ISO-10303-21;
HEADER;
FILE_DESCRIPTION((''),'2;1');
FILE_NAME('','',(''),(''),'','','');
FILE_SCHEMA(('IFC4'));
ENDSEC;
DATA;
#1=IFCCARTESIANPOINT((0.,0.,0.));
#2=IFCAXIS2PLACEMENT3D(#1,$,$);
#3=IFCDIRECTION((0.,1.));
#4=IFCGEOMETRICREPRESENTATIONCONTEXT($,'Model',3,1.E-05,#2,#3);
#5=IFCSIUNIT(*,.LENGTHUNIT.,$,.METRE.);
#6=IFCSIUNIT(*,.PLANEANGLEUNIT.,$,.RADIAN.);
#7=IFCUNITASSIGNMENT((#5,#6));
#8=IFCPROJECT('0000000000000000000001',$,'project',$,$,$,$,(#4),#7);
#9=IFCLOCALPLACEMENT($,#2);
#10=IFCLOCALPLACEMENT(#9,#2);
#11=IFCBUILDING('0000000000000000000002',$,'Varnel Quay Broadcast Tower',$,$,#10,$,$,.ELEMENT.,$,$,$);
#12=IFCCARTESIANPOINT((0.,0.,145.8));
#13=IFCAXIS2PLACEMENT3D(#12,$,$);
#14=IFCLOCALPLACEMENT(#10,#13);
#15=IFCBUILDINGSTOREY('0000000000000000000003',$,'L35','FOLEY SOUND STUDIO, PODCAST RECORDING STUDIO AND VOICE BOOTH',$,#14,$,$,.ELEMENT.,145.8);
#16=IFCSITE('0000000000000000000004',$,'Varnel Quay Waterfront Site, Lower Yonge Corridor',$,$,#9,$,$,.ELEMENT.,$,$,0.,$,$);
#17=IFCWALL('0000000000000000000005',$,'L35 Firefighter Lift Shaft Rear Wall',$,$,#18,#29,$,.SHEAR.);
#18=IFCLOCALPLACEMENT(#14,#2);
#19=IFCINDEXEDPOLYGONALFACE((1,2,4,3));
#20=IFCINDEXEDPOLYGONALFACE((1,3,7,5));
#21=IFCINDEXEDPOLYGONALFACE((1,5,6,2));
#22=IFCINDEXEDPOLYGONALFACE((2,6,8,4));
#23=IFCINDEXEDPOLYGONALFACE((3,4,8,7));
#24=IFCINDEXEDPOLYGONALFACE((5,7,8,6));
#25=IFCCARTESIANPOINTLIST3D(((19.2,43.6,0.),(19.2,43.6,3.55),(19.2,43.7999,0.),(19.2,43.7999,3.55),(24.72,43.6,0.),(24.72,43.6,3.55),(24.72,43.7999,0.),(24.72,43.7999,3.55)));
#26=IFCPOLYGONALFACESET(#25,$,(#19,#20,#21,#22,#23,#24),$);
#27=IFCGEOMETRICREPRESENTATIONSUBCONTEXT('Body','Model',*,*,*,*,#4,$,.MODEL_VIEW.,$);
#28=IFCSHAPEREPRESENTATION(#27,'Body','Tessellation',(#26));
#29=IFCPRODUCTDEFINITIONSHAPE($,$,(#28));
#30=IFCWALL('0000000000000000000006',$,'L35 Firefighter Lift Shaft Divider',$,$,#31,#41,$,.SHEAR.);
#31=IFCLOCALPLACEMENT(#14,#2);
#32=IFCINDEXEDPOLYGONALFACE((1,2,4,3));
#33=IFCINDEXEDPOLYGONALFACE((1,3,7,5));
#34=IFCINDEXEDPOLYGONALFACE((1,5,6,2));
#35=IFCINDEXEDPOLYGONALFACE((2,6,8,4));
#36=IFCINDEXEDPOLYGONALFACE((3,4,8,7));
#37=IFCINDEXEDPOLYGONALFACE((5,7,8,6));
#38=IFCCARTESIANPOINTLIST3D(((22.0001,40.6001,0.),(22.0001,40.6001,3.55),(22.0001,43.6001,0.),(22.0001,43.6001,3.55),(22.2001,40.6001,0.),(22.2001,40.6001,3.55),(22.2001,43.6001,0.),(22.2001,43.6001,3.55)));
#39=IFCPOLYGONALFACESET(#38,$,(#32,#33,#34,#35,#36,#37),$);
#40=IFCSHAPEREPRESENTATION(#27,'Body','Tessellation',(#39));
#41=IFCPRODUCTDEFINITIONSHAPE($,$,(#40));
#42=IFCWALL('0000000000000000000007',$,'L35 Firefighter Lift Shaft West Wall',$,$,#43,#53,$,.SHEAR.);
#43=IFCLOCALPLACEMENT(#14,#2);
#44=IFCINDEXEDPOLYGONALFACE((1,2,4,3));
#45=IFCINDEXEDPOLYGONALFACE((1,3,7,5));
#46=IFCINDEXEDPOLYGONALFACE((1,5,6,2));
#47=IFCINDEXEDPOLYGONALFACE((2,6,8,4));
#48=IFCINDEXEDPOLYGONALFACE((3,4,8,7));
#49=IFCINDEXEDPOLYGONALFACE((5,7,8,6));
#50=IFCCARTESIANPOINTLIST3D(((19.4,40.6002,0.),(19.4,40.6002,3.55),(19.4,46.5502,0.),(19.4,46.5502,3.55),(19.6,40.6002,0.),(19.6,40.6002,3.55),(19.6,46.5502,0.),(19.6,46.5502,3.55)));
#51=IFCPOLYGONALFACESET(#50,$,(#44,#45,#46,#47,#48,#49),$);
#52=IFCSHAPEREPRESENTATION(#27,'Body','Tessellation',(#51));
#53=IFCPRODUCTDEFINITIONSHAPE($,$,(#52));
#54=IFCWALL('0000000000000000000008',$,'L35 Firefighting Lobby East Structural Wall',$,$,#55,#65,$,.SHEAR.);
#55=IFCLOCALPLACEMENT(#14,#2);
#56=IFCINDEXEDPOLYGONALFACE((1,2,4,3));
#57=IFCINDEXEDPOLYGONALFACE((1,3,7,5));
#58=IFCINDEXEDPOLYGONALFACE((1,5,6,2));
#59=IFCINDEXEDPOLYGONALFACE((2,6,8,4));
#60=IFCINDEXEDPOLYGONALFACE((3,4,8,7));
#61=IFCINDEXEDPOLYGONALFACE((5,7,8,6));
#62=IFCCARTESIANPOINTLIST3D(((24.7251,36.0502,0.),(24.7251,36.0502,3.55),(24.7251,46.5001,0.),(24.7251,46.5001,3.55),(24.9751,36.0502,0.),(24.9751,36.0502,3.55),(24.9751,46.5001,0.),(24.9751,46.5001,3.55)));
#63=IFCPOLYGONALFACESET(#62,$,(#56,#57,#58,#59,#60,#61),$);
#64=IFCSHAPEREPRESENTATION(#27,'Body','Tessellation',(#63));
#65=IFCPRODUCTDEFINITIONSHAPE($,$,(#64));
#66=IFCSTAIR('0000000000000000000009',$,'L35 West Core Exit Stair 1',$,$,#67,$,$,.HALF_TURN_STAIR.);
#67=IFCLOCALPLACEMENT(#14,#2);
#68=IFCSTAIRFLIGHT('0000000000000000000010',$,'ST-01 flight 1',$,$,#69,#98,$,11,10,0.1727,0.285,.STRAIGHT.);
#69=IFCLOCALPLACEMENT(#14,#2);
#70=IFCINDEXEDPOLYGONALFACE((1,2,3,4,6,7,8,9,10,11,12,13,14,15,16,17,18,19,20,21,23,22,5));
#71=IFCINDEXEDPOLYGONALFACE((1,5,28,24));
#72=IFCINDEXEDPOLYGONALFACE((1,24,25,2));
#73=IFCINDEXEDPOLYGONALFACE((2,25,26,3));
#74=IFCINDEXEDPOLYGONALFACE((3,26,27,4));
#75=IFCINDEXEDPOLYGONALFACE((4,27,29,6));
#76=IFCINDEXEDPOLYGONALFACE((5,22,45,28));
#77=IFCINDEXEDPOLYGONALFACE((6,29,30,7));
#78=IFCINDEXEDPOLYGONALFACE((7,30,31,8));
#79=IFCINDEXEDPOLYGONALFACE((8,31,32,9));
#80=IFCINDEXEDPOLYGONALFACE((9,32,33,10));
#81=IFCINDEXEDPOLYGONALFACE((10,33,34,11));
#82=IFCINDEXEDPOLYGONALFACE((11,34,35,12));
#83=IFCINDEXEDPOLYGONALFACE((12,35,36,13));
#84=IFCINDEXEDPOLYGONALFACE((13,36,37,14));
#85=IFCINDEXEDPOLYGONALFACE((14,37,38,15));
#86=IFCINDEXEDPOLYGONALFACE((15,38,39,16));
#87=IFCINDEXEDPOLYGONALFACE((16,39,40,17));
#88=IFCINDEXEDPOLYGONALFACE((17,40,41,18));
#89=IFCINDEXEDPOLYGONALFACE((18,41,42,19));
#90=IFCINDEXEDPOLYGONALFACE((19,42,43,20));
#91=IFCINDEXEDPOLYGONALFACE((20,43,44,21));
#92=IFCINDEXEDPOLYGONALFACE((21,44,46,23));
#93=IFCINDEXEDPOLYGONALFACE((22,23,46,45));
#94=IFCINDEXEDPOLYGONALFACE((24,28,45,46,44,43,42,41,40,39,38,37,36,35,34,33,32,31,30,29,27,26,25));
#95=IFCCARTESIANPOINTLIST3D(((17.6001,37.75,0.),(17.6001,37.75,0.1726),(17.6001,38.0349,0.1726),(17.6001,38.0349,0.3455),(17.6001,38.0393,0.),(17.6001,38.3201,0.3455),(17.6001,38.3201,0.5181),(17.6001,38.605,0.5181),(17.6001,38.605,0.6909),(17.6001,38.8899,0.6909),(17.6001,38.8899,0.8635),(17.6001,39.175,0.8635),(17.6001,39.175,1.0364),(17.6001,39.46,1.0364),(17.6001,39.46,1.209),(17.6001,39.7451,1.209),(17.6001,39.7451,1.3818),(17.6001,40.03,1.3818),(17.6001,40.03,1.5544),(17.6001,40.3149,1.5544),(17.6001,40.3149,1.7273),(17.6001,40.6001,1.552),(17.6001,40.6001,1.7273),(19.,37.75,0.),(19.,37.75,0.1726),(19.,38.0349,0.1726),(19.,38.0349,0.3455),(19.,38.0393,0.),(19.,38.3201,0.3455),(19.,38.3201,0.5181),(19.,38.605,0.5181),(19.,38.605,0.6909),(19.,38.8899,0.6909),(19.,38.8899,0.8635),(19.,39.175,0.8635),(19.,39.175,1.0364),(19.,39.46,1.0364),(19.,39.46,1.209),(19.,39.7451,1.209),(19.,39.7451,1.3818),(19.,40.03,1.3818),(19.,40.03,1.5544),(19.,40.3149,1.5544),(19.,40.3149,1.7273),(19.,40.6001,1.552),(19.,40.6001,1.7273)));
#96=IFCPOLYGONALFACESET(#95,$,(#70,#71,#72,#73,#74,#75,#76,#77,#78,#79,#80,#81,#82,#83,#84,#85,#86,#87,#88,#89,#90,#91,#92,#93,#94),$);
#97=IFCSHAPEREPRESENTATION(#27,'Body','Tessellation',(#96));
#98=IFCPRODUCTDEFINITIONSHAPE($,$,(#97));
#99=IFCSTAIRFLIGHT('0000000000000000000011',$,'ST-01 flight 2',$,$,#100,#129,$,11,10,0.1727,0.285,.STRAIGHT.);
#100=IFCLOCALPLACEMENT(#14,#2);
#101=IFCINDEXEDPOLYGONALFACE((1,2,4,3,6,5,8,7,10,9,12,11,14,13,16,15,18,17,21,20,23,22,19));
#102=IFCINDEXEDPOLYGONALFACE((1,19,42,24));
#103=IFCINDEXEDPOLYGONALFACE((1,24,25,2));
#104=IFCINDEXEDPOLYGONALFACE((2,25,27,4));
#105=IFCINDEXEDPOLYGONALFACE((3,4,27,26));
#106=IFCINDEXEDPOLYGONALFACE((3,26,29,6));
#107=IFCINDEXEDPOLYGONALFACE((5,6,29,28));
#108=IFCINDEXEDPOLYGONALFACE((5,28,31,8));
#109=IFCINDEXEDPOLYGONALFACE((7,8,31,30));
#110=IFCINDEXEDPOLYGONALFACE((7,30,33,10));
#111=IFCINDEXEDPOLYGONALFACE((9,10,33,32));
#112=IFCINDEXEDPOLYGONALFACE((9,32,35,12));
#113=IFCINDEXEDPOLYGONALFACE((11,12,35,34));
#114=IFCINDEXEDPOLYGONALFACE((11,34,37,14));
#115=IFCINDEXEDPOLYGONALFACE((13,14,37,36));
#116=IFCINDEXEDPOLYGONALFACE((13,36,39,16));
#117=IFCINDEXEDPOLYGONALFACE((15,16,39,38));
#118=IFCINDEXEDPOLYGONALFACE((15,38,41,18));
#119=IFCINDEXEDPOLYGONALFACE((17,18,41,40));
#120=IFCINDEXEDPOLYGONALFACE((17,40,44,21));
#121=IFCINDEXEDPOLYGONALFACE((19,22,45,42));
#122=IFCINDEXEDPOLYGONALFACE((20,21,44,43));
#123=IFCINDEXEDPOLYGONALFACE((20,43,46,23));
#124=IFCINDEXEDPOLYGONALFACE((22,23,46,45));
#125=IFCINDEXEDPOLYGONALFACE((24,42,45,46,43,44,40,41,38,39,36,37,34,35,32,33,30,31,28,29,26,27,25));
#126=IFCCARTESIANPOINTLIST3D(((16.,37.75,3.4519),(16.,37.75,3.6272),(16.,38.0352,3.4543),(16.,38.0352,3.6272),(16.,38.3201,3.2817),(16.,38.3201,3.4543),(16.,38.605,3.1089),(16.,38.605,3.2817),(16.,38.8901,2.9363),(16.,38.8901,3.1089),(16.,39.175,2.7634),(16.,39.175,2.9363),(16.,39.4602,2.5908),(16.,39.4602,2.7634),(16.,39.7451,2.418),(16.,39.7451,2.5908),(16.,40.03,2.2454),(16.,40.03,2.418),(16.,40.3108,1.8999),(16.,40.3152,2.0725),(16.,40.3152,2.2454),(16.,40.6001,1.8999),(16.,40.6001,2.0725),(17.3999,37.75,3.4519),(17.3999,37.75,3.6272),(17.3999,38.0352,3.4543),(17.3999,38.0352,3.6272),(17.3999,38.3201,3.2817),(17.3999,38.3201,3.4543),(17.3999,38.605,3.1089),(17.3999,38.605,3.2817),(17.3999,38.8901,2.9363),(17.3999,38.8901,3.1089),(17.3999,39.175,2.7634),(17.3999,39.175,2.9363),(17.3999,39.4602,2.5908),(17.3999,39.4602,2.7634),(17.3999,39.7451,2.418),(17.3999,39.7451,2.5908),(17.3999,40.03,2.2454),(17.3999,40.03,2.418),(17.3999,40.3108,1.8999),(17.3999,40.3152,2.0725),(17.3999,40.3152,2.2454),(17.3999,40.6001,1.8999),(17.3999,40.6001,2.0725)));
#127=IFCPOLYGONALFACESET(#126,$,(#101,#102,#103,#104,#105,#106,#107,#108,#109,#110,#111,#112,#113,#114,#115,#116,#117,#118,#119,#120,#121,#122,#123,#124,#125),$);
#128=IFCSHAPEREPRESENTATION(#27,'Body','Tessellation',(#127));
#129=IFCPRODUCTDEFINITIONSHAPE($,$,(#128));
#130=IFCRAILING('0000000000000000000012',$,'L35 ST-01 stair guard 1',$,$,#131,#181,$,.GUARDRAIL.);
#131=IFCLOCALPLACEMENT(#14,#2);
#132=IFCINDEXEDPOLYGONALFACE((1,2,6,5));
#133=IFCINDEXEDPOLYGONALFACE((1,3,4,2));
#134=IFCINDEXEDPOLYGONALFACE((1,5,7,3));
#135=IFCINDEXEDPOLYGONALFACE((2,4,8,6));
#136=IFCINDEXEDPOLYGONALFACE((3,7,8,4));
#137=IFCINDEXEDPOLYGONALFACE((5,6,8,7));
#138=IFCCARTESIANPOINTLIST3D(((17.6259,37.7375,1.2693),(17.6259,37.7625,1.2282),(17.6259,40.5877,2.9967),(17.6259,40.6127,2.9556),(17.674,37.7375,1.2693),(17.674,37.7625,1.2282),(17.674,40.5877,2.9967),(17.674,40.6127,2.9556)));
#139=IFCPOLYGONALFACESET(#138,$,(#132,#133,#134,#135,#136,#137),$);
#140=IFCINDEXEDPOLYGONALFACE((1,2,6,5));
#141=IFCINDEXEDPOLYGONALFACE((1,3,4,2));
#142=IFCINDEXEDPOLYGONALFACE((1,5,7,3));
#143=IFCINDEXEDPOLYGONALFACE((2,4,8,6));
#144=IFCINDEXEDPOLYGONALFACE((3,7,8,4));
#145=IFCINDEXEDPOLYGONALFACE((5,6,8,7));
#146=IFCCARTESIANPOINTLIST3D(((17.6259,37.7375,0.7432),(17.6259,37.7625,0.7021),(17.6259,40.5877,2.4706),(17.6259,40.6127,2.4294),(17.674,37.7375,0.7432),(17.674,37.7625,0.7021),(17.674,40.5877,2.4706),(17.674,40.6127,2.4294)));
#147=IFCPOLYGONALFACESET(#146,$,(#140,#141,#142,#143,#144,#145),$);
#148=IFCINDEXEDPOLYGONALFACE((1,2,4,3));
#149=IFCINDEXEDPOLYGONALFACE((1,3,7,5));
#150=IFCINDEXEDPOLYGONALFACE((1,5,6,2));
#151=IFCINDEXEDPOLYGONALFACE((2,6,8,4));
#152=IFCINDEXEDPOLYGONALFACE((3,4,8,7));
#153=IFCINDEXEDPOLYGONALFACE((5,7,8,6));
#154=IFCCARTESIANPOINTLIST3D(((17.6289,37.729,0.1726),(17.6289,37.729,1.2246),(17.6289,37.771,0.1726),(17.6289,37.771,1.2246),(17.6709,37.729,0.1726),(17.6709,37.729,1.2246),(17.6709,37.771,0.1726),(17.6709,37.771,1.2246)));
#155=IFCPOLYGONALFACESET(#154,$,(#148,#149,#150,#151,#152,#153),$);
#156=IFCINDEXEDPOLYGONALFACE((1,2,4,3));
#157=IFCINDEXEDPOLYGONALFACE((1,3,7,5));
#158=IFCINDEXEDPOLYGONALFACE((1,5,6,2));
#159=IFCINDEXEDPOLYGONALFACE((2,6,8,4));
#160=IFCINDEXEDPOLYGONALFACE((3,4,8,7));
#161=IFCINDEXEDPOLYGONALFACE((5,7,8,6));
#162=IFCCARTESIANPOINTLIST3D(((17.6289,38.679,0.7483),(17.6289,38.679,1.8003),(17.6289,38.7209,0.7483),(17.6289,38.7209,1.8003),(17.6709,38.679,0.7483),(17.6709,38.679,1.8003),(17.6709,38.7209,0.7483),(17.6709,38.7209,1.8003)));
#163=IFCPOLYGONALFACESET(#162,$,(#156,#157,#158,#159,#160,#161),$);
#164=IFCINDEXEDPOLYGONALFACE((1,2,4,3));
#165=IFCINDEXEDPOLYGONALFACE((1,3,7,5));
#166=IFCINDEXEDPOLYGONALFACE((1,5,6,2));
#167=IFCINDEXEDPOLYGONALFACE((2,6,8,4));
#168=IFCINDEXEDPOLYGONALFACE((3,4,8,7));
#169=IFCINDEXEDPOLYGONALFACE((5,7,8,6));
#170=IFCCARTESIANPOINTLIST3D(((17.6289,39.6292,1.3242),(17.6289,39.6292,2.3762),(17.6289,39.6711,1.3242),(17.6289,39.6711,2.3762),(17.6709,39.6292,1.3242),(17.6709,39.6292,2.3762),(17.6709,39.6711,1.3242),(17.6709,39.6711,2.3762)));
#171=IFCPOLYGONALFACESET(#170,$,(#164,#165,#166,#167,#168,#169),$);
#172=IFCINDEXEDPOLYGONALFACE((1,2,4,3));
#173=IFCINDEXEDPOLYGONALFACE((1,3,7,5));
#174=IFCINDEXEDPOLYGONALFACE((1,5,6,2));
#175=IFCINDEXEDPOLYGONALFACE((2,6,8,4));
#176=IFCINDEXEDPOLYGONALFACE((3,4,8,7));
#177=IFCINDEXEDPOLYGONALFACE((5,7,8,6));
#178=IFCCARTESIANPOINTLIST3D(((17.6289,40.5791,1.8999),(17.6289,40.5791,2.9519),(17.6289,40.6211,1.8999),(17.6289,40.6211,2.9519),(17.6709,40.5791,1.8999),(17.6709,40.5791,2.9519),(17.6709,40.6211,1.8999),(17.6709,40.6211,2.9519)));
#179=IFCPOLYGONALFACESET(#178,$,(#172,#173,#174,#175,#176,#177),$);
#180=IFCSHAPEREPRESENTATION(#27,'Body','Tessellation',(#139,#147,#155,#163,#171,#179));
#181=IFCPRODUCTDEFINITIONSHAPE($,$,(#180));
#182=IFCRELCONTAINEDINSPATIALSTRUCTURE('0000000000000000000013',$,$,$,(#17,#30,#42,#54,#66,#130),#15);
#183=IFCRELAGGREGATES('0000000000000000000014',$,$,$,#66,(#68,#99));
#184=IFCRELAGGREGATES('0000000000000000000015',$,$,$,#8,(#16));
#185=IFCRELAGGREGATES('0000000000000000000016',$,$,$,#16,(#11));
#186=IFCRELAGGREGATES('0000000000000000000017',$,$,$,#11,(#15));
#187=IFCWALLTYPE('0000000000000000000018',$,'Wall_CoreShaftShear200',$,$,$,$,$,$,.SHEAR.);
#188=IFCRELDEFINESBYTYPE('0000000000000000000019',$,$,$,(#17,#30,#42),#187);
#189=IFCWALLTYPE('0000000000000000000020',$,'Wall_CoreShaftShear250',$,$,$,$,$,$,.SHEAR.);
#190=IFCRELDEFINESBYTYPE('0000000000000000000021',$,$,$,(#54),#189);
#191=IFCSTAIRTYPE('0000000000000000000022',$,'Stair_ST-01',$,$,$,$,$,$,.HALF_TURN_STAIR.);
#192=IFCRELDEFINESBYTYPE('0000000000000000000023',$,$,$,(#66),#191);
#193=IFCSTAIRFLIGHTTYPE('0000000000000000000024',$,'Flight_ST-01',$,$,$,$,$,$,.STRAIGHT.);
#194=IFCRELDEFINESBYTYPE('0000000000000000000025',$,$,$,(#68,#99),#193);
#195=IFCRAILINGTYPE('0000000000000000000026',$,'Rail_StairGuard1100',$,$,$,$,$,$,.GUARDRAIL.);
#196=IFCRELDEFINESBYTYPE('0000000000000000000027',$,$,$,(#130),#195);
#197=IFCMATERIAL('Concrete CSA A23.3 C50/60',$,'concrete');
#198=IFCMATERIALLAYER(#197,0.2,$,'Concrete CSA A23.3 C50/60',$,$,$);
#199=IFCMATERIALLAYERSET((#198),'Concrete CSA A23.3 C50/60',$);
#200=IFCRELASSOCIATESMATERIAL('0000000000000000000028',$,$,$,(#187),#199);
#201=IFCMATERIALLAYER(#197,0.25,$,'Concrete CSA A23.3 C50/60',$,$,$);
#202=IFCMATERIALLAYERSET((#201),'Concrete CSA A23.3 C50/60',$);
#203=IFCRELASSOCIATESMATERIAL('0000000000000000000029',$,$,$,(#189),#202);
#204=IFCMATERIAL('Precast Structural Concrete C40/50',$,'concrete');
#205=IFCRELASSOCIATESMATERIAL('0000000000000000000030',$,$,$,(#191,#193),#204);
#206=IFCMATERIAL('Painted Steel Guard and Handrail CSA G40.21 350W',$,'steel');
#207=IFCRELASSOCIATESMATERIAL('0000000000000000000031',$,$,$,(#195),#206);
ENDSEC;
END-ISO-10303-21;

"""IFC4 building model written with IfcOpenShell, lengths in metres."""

from ifc_helpers import new_model, si_unit, direction, frame, frame_2d, origin, origin_2d, place, context, subcontext, project, spatial, polyline, rectangle, outline, extrude, material, layer, layer_set, type_object, element, aggregate, save


model = new_model("IFC4")

# Units and contexts
model_context = context("Model", 3, precision=1e-05, world=origin(), true_north=direction((0.0, 1.0)))
body_context = subcontext(model_context, "Body", "Model", "MODEL_VIEW")
ifc_project = project(units=[si_unit("LENGTHUNIT", "METRE"), si_unit("PLANEANGLEUNIT", "RADIAN")], contexts=[model_context])

# Site, building, storey
site_placement = place(None, origin())
site = spatial("IfcSite", under=ifc_project, at=site_placement, Name="Varnel Quay Waterfront Site, Lower Yonge Corridor", CompositionType="ELEMENT", RefElevation=0.0)
building_placement = place(site_placement, origin())
building = spatial("IfcBuilding", under=site, at=building_placement, Name="Varnel Quay Broadcast Tower", CompositionType="ELEMENT")
storey_placement = place(building_placement, frame((0.0, 0.0, 145.8)))
storey = spatial("IfcBuildingStorey", under=building, at=storey_placement, Name="L35", Description="FOLEY SOUND STUDIO, PODCAST RECORDING STUDIO AND VOICE BOOTH", CompositionType="ELEMENT", Elevation=145.8)

# Shared definitions
ifc_material_1 = material(Name="Concrete CSA A23.3 C50/60", Category="concrete")
ifc_layer_1 = layer(ifc_material_1, 0.2, Name="Concrete CSA A23.3 C50/60")
ifc_layer_set_1 = layer_set([ifc_layer_1], Name="Concrete CSA A23.3 C50/60")
wall_type_1 = type_object("IfcWallType", Name="Wall_CoreShaftShear200", PredefinedType="SHEAR", material=ifc_layer_set_1)

# Walls
wall_1_placement = place(storey_placement, frame((19.2, 43.7, 0.0), z_axis=(0.0, 0.0, 1.0), x_axis=(1.0, 0.0, 0.0)))
element("IfcWall", 1, at=wall_1_placement, inside=storey, type_object=wall_type_1, Name="L35 Firefighter Lift Shaft Rear Wall", PredefinedType="SHEAR", context=body_context, shape_type="SweptSolid", body=[
    extrude(rectangle(XDim=5.52, YDim=0.2, at=frame_2d((2.76, 0.0))), origin(), (0.0, 0.0, 1.0), 3.55),
])
wall_2_placement = place(storey_placement, frame((22.1001, 40.6001, 0.0), z_axis=(0.0, 0.0, 1.0), x_axis=(0.0, 1.0, 0.0)))
element("IfcWall", 2, at=wall_2_placement, inside=storey, type_object=wall_type_1, Name="L35 Firefighter Lift Shaft Divider", PredefinedType="SHEAR", context=body_context, shape_type="SweptSolid", body=[
    extrude(rectangle(XDim=3.0, YDim=0.2, at=frame_2d((1.5, 0.0))), origin(), (0.0, 0.0, 1.0), 3.55),
])
wall_3_placement = place(storey_placement, frame((19.5, 40.6001, 0.0), z_axis=(0.0, 0.0, 1.0), x_axis=(0.0, 1.0, 0.0)))
element("IfcWall", 3, at=wall_3_placement, inside=storey, type_object=wall_type_1, Name="L35 Firefighter Lift Shaft West Wall", PredefinedType="SHEAR", context=body_context, shape_type="SweptSolid", body=[
    extrude(rectangle(XDim=5.95, YDim=0.2, at=frame_2d((2.9751, 0.0))), origin(), (0.0, 0.0, 1.0), 3.55),
])
ifc_layer_2 = layer(ifc_material_1, 0.25, Name="Concrete CSA A23.3 C50/60")
ifc_layer_set_2 = layer_set([ifc_layer_2], Name="Concrete CSA A23.3 C50/60")
wall_type_2 = type_object("IfcWallType", Name="Wall_CoreShaftShear250", PredefinedType="SHEAR", material=ifc_layer_set_2)
wall_4_placement = place(storey_placement, frame((24.8501, 36.05, 0.0), z_axis=(0.0, 0.0, 1.0), x_axis=(0.0, 1.0, 0.0)))
element("IfcWall", 4, at=wall_4_placement, inside=storey, type_object=wall_type_2, Name="L35 Firefighting Lobby East Structural Wall", PredefinedType="SHEAR", context=body_context, shape_type="SweptSolid", body=[
    extrude(rectangle(XDim=10.45, YDim=0.25, at=frame_2d((5.2251, 0.0))), origin(), (0.0, 0.0, 1.0), 3.55),
])

# Stair, stair flights
ifc_material_2 = material(Name="Precast Structural Concrete C40/50", Category="concrete")
stair_type = type_object("IfcStairType", Name="Stair_ST-01", PredefinedType="HALF_TURN_STAIR", material=ifc_material_2)
stair_placement = place(storey_placement, origin())
stair = element("IfcStair", 5, at=stair_placement, inside=storey, type_object=stair_type, Name="L35 West Core Exit Stair 1", PredefinedType="HALF_TURN_STAIR")
stair_flight_type = type_object("IfcStairFlightType", Name="Flight_ST-01", PredefinedType="STRAIGHT", material=ifc_material_2)
stair_flight_1_placement = place(storey_placement, frame((18.3, 37.75, 0.0), z_axis=(0.0, 0.0, 1.0), x_axis=(0.0, 1.0, 0.0)))
stair_flight_1 = element("IfcStairFlight", 6, at=stair_flight_1_placement, type_object=stair_flight_type, Name="ST-01 flight 1", NumberOfRisers=11, NumberOfTreads=10, PredefinedType="STRAIGHT", RiserHeight=0.1727, TreadLength=0.285, context=body_context, shape_type="SweptSolid", body=[
    extrude(outline(polyline([(0.0, 0.0), (0.0, 0.1726), (0.2849, 0.1726), (0.2849, 0.3455), (0.5701, 0.3455), (0.5701, 0.5181), (0.855, 0.5181), (0.855, 0.6909), (1.1399, 0.6909), (1.1399, 0.8635), (1.425, 0.8635), (1.425, 1.0364), (1.71, 1.0364), (1.71, 1.209), (1.9951, 1.209), (1.9951, 1.3818), (2.28, 1.3818), (2.28, 1.5544), (2.5649, 1.5544), (2.5649, 1.7273), (2.8501, 1.7273), (2.8501, 1.8999), (2.8501, 1.552), (0.2893, 0.0), (0.0, 0.0)])), frame((0.0, 0.7, 0.0), z_axis=(0.0, -1.0, 0.0), x_axis=(1.0, 0.0, 0.0)), (0.0, 0.0, 1.0), 1.3999),
])
stair_flight_2_placement = place(storey_placement, frame((16.7, 40.6001, 1.8999), z_axis=(0.0, 0.0, 1.0), x_axis=(0.0, -1.0, 0.0)))
stair_flight_2 = element("IfcStairFlight", 7, at=stair_flight_2_placement, type_object=stair_flight_type, Name="ST-01 flight 2", NumberOfRisers=11, NumberOfTreads=10, PredefinedType="STRAIGHT", RiserHeight=0.1727, TreadLength=0.285, context=body_context, shape_type="SweptSolid", body=[
    extrude(outline(polyline([(0.0, 0.0), (0.0, 0.1726), (0.2849, 0.1726), (0.2849, 0.3455), (0.5701, 0.3455), (0.5701, 0.5181), (0.855, 0.5181), (0.855, 0.6909), (1.1399, 0.6909), (1.1399, 0.8635), (1.425, 0.8635), (1.425, 1.0364), (1.71, 1.0364), (1.71, 1.209), (1.9951, 1.209), (1.9951, 1.3818), (2.28, 1.3818), (2.28, 1.5544), (2.5649, 1.5544), (2.5649, 1.7273), (2.8501, 1.7273), (2.8501, 1.8999), (2.8501, 1.552), (0.2893, 0.0), (0.0, 0.0)])), frame((0.0, 0.7, 0.0), z_axis=(0.0, -1.0, 0.0), x_axis=(1.0, 0.0, 0.0)), (0.0, 0.0, 1.0), 1.3999),
])
aggregate(stair, [stair_flight_1, stair_flight_2])

# Railing
ifc_material_3 = material(Name="Painted Steel Guard and Handrail CSA G40.21 350W", Category="steel")
railing_type_1 = type_object("IfcRailingType", Name="Rail_StairGuard1100", PredefinedType="GUARDRAIL", material=ifc_material_3)
railing_1_placement = place(storey_placement, frame((17.6499, 37.75, 0.1726)))
element("IfcRailing", 8, at=railing_1_placement, inside=storey, type_object=railing_type_1, Name="L35 ST-01 stair guard 1", PredefinedType="GUARDRAIL", context=body_context, shape_type="SweptSolid", body=[
    extrude(rectangle(XDim=0.0481, YDim=0.0481, at=origin_2d()), frame((0.0, 0.0, 1.0762), z_axis=(0.0, 0.855203, 0.518294), x_axis=(-1.0, 0.0, 0.0)), (0.0, 0.0, 1.0), 3.3328),
    extrude(rectangle(XDim=0.0481, YDim=0.0481, at=origin_2d()), frame((0.0, 0.0, 0.55), z_axis=(0.0, 0.855203, 0.518294), x_axis=(-1.0, 0.0, 0.0)), (0.0, 0.0, 1.0), 3.3328),
    extrude(rectangle(XDim=0.042, YDim=0.042, at=origin_2d()), origin(), (0.0, 0.0, 1.0), 1.052),
    extrude(rectangle(XDim=0.042, YDim=0.042, at=origin_2d()), frame((0.0, 0.95, 0.5757)), (0.0, 0.0, 1.0), 1.052),
    extrude(rectangle(XDim=0.042, YDim=0.042, at=origin_2d()), frame((0.0, 1.9001, 1.1516)), (0.0, 0.0, 1.0), 1.052),
    extrude(rectangle(XDim=0.042, YDim=0.042, at=origin_2d()), frame((0.0, 2.8501, 1.7273)), (0.0, 0.0, 1.0), 1.052),
])

save(model, "model.ifc")
